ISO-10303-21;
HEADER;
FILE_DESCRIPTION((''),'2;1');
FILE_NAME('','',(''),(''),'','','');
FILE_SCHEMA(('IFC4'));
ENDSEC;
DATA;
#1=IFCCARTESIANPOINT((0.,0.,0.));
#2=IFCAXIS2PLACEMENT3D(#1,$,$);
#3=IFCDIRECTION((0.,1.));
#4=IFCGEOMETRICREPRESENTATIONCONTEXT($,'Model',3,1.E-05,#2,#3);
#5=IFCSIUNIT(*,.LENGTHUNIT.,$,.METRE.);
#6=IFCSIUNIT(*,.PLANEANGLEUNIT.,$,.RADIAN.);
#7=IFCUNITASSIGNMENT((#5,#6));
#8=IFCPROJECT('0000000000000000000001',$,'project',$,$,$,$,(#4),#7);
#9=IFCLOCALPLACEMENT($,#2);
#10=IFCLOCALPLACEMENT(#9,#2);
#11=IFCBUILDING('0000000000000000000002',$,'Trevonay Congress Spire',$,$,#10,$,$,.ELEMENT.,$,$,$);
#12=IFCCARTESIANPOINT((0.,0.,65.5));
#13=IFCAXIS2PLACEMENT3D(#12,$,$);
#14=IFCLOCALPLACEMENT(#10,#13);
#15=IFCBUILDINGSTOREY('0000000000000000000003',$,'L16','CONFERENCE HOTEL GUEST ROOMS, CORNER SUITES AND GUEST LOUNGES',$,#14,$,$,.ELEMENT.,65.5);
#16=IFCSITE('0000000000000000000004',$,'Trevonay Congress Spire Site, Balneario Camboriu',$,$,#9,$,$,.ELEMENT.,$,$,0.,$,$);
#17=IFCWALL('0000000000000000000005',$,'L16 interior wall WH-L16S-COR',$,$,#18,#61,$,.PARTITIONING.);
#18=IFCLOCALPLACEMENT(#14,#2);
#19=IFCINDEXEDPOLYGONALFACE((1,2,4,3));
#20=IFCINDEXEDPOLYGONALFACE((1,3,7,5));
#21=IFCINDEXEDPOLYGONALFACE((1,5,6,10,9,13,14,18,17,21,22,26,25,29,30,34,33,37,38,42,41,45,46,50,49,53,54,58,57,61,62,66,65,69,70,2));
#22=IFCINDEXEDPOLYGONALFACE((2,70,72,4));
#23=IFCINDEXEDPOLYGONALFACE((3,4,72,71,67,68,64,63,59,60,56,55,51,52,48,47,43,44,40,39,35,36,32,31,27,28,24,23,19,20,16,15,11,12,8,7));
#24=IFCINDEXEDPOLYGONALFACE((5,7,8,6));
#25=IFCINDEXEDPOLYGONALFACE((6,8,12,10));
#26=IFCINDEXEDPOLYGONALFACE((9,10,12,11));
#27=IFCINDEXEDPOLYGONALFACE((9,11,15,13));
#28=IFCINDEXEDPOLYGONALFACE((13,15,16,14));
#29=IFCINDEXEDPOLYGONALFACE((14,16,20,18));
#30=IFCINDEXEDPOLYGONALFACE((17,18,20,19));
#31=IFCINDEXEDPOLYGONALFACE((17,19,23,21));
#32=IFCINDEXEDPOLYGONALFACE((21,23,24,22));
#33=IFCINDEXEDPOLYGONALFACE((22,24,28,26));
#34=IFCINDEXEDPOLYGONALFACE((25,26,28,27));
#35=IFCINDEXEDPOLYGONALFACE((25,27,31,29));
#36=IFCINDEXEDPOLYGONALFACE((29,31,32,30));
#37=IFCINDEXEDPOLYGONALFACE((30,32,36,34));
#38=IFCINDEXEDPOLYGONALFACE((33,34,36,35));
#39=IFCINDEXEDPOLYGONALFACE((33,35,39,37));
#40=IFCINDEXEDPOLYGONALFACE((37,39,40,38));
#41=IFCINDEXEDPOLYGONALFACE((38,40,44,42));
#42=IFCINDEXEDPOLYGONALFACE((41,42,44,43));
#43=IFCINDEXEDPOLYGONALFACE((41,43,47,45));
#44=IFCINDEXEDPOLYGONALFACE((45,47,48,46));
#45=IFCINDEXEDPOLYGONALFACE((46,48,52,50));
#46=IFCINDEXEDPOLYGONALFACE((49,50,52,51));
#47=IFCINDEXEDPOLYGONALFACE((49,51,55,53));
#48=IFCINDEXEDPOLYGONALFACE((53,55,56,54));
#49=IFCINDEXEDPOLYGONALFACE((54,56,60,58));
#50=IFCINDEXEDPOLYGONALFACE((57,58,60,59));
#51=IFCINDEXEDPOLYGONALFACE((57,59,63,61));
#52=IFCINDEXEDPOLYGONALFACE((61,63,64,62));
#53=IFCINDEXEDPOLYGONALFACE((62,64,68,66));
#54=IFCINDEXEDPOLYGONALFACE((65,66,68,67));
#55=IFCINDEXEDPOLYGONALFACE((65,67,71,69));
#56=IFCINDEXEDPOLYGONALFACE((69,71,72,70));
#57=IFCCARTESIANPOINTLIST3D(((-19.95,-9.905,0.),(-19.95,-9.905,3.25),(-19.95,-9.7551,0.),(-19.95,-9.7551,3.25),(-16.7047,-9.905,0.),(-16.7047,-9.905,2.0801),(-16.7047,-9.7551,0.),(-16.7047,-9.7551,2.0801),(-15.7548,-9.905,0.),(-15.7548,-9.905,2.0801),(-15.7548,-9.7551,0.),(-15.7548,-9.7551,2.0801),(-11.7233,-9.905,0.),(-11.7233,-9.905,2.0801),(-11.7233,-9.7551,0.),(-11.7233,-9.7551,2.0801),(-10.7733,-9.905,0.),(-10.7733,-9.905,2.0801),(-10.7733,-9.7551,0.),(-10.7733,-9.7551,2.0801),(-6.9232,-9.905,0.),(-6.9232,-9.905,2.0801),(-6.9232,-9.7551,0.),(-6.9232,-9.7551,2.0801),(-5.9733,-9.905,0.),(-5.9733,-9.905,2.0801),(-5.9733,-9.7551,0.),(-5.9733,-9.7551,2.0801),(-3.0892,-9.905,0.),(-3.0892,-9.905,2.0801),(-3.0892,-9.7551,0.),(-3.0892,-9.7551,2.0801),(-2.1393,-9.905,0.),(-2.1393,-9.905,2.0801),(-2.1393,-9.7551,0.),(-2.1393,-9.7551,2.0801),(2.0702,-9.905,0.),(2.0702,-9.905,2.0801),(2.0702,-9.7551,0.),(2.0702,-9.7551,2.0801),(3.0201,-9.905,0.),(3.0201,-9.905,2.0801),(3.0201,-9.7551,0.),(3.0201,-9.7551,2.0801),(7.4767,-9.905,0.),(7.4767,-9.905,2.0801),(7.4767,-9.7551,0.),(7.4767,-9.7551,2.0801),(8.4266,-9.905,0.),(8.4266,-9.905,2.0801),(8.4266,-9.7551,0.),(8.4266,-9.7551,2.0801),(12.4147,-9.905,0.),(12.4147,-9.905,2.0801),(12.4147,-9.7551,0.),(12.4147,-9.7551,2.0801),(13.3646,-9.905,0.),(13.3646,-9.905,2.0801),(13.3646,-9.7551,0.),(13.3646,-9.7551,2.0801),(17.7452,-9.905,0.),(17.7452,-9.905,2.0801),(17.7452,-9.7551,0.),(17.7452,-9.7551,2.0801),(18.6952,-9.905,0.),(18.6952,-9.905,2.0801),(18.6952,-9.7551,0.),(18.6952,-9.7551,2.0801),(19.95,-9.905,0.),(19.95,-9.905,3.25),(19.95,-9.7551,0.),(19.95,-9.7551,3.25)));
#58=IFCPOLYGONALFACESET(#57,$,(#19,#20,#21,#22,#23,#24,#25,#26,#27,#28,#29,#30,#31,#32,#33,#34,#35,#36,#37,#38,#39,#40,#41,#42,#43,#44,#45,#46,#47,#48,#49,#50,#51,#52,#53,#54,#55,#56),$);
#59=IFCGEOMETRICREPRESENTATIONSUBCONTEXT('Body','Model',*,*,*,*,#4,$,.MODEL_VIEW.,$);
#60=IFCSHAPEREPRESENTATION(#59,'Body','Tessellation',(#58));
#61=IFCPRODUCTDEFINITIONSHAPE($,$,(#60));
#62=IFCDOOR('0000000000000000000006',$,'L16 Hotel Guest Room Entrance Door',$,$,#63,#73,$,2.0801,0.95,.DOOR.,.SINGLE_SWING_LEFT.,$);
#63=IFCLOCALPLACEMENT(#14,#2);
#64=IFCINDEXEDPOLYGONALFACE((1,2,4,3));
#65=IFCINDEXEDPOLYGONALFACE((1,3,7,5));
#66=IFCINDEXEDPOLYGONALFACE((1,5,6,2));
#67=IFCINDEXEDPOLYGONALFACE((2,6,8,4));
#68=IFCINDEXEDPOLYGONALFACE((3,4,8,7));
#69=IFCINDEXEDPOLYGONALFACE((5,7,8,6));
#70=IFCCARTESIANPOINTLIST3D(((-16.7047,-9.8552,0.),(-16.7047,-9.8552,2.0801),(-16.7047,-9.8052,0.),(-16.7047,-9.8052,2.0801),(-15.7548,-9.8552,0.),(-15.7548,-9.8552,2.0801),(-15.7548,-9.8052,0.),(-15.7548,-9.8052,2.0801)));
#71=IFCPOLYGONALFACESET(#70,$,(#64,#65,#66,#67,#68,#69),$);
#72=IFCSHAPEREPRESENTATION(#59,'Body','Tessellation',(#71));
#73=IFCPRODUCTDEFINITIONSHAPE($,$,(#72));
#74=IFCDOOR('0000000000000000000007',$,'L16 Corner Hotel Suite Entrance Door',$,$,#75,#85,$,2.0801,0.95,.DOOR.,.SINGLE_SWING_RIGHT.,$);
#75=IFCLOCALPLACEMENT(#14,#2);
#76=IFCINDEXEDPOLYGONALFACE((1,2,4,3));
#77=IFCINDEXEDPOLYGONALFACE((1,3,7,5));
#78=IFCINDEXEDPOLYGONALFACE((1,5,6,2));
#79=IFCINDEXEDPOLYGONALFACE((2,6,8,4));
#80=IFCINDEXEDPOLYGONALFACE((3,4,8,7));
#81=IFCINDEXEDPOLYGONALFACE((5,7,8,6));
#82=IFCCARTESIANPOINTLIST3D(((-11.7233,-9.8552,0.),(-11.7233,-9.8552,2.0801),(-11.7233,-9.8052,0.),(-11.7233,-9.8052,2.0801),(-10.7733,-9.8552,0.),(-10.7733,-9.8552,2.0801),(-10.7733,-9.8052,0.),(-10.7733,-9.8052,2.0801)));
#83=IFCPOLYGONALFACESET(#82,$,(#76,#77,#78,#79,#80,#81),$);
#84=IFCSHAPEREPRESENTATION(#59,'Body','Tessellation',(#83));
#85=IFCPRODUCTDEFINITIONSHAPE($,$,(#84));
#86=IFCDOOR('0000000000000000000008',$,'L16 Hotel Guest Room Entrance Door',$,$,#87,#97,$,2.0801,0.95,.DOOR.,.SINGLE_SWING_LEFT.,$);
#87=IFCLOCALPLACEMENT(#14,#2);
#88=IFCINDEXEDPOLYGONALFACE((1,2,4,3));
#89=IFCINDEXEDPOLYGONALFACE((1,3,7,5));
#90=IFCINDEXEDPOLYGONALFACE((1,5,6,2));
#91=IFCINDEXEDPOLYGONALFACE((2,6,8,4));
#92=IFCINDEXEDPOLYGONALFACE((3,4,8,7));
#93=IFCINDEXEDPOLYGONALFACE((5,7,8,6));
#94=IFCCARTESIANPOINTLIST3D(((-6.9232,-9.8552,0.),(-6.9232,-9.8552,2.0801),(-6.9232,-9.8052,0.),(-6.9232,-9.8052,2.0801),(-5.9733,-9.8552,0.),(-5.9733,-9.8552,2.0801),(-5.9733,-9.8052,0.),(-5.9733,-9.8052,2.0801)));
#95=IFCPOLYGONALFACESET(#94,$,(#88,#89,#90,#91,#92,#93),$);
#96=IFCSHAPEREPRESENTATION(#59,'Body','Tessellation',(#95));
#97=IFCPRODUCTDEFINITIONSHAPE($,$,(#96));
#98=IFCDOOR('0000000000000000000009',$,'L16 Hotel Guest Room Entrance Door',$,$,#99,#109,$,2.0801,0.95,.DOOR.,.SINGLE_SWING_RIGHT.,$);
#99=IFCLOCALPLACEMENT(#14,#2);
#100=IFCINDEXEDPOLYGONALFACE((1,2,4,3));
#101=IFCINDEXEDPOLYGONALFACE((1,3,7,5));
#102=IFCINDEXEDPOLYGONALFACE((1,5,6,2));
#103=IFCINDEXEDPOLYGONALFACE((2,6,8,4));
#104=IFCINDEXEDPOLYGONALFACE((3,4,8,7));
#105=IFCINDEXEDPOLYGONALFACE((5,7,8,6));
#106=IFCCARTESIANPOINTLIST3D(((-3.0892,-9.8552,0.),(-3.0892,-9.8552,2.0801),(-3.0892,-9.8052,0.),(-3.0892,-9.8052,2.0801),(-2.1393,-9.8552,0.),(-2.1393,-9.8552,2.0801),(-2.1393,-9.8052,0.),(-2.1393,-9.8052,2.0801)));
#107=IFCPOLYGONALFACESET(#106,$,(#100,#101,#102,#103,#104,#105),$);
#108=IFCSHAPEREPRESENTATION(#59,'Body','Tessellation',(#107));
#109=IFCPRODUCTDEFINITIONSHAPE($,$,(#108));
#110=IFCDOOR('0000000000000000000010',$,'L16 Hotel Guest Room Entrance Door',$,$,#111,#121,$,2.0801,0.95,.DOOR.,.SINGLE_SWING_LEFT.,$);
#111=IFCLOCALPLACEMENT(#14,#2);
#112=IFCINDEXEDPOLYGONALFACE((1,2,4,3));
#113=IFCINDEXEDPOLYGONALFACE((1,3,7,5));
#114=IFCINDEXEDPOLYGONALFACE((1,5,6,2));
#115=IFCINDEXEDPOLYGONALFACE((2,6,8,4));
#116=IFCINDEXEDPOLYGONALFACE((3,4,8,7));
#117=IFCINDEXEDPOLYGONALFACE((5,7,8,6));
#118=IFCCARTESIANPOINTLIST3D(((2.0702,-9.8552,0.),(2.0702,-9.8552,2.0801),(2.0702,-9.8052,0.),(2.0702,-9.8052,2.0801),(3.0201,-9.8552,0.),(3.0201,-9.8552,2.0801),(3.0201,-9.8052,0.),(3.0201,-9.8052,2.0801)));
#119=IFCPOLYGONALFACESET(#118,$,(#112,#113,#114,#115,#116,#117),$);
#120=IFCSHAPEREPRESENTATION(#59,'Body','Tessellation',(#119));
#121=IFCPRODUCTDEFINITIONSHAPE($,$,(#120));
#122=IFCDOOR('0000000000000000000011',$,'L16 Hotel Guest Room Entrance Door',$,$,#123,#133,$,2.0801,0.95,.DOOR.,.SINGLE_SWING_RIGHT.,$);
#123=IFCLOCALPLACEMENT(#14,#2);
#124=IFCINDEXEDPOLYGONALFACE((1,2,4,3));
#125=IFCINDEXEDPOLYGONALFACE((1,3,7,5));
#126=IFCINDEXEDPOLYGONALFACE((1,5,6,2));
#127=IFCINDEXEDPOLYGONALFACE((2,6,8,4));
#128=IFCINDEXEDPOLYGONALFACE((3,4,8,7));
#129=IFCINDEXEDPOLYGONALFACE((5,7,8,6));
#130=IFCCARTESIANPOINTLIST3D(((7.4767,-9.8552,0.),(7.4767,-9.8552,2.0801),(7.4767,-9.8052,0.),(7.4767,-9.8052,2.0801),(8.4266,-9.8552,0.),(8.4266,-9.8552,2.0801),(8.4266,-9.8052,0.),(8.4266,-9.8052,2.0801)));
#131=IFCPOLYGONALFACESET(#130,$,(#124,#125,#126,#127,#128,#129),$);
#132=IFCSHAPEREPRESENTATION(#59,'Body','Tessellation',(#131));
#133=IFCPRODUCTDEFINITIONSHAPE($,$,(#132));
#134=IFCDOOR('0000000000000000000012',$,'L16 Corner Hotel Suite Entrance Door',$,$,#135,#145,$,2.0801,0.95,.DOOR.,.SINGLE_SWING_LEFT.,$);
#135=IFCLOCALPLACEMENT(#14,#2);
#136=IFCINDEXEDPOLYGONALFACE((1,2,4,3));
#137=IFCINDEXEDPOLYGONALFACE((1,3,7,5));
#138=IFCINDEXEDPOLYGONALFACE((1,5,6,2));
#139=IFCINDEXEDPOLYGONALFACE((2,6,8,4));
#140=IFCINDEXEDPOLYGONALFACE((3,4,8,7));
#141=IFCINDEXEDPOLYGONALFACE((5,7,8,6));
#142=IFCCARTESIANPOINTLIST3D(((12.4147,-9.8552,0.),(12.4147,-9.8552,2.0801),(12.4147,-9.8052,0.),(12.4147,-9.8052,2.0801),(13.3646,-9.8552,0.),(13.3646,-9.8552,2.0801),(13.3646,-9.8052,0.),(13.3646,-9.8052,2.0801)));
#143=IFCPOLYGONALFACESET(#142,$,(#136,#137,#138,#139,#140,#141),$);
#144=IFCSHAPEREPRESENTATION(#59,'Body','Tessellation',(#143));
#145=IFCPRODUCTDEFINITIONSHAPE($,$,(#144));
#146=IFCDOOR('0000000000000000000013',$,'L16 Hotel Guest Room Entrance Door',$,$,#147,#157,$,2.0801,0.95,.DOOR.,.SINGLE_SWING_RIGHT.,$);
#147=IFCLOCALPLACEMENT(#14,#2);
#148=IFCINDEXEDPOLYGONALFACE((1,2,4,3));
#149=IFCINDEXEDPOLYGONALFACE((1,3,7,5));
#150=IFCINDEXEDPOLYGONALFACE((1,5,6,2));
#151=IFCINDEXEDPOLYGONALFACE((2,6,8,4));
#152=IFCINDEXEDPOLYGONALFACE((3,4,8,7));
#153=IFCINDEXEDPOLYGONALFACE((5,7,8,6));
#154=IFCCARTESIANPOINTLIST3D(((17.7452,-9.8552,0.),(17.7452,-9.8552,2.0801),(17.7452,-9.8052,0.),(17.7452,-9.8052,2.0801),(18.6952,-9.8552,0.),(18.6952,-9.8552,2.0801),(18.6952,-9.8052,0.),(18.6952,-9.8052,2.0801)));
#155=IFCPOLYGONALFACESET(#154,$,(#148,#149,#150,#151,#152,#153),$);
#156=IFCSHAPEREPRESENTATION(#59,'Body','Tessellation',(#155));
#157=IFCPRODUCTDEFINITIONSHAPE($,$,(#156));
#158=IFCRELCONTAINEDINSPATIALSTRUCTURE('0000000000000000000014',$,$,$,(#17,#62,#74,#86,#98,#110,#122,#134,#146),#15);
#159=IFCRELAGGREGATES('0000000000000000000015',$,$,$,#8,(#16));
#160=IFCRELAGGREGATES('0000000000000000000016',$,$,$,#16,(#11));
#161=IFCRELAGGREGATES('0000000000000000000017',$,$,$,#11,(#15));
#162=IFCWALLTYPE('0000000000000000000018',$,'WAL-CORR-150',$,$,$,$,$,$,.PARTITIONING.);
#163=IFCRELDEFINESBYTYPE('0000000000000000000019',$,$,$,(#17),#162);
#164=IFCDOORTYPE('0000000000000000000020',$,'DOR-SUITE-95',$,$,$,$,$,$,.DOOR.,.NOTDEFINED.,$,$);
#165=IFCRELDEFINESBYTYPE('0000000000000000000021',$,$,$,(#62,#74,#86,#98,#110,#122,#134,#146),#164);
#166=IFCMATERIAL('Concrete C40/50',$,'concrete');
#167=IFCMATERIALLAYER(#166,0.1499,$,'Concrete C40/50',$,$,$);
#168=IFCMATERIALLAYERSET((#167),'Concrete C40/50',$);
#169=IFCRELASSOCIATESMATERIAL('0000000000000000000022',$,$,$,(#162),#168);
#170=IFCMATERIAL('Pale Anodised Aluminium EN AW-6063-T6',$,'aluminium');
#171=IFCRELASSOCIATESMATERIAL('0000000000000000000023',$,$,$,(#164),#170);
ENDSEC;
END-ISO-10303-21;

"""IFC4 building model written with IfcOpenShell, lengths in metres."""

from ifc_helpers import new_model, si_unit, direction, frame, frame_2d, origin, place, context, subcontext, project, spatial, rectangle, extrude, material, layer, layer_set, type_object, element, fill, save


model = new_model("IFC4")

# Units and contexts
model_context = context("Model", 3, precision=1e-05, world=origin(), true_north=direction((0.0, 1.0)))
body_context = subcontext(model_context, "Body", "Model", "MODEL_VIEW")
ifc_project = project(units=[si_unit("LENGTHUNIT", "METRE"), si_unit("PLANEANGLEUNIT", "RADIAN")], contexts=[model_context])

# Site, building, storey
site_placement = place(None, origin())
site = spatial("IfcSite", under=ifc_project, at=site_placement, Name="Trevonay Congress Spire Site, Balneario Camboriu", CompositionType="ELEMENT", RefElevation=0.0)
building_placement = place(site_placement, origin())
building = spatial("IfcBuilding", under=site, at=building_placement, Name="Trevonay Congress Spire", CompositionType="ELEMENT")
storey_placement = place(building_placement, frame((0.0, 0.0, 65.5)))
storey = spatial("IfcBuildingStorey", under=building, at=storey_placement, Name="L16", Description="CONFERENCE HOTEL GUEST ROOMS, CORNER SUITES AND GUEST LOUNGES", CompositionType="ELEMENT", Elevation=65.5)

# Wall, openings, doors
ifc_material_1 = material(Name="Concrete C40/50", Category="concrete")
ifc_layer = layer(ifc_material_1, 0.1499, Name="Concrete C40/50")
ifc_layer_set = layer_set([ifc_layer], Name="Concrete C40/50")
wall_type = type_object("IfcWallType", Name="WAL-CORR-150", PredefinedType="PARTITIONING", material=ifc_layer_set)
wall_1_placement = place(storey_placement, frame((-19.95, -9.8301, 0.0), z_axis=(0.0, 0.0, 1.0), x_axis=(1.0, 0.0, 0.0)))
wall_1 = element("IfcWall", 1, at=wall_1_placement, inside=storey, type_object=wall_type, Name="L16 interior wall WH-L16S-COR", PredefinedType="PARTITIONING", context=body_context, shape_type="SweptSolid", body=[
    extrude(rectangle(XDim=39.8999, YDim=0.1499, at=frame_2d((19.95, 0.0))), origin(), (0.0, 0.0, 1.0), 3.25),
])
opening_1_placement = place(wall_1_placement, frame((3.2451, 0.0, 0.0)))
opening_1 = element("IfcOpeningElement", 2, at=opening_1_placement, cuts=wall_1, PredefinedType="OPENING", context=body_context, shape_type="SweptSolid", body=[
    extrude(rectangle(XDim=0.95, YDim=2.0801, at=frame_2d((0.4751, 1.04))), frame((0.0, 0.085, 0.0), z_axis=(0.0, -1.0, 0.0), x_axis=(1.0, 0.0, 0.0)), (0.0, 0.0, 1.0), 0.1699),
])
opening_2_placement = place(wall_1_placement, frame((8.2266, 0.0, 0.0)))
opening_2 = element("IfcOpeningElement", 3, at=opening_2_placement, cuts=wall_1, PredefinedType="OPENING", context=body_context, shape_type="SweptSolid", body=[
    extrude(rectangle(XDim=0.95, YDim=2.0801, at=frame_2d((0.4751, 1.04))), frame((0.0, 0.085, 0.0), z_axis=(0.0, -1.0, 0.0), x_axis=(1.0, 0.0, 0.0)), (0.0, 0.0, 1.0), 0.1699),
])
opening_3_placement = place(wall_1_placement, frame((13.0266, 0.0, 0.0)))
opening_3 = element("IfcOpeningElement", 4, at=opening_3_placement, cuts=wall_1, PredefinedType="OPENING", context=body_context, shape_type="SweptSolid", body=[
    extrude(rectangle(XDim=0.95, YDim=2.0801, at=frame_2d((0.4751, 1.04))), frame((0.0, 0.085, 0.0), z_axis=(0.0, -1.0, 0.0), x_axis=(1.0, 0.0, 0.0)), (0.0, 0.0, 1.0), 0.1699),
])
opening_4_placement = place(wall_1_placement, frame((16.8606, 0.0, 0.0)))
opening_4 = element("IfcOpeningElement", 5, at=opening_4_placement, cuts=wall_1, PredefinedType="OPENING", context=body_context, shape_type="SweptSolid", body=[
    extrude(rectangle(XDim=0.95, YDim=2.0801, at=frame_2d((0.4751, 1.04))), frame((0.0, 0.085, 0.0), z_axis=(0.0, -1.0, 0.0), x_axis=(1.0, 0.0, 0.0)), (0.0, 0.0, 1.0), 0.1699),
])
opening_5_placement = place(wall_1_placement, frame((22.02, 0.0, 0.0)))
opening_5 = element("IfcOpeningElement", 6, at=opening_5_placement, cuts=wall_1, PredefinedType="OPENING", context=body_context, shape_type="SweptSolid", body=[
    extrude(rectangle(XDim=0.95, YDim=2.0801, at=frame_2d((0.4751, 1.04))), frame((0.0, 0.085, 0.0), z_axis=(0.0, -1.0, 0.0), x_axis=(1.0, 0.0, 0.0)), (0.0, 0.0, 1.0), 0.1699),
])
opening_6_placement = place(wall_1_placement, frame((27.4265, 0.0, 0.0)))
opening_6 = element("IfcOpeningElement", 7, at=opening_6_placement, cuts=wall_1, PredefinedType="OPENING", context=body_context, shape_type="SweptSolid", body=[
    extrude(rectangle(XDim=0.95, YDim=2.0801, at=frame_2d((0.4751, 1.04))), frame((0.0, 0.085, 0.0), z_axis=(0.0, -1.0, 0.0), x_axis=(1.0, 0.0, 0.0)), (0.0, 0.0, 1.0), 0.1699),
])
opening_7_placement = place(wall_1_placement, frame((32.3645, 0.0, 0.0)))
opening_7 = element("IfcOpeningElement", 8, at=opening_7_placement, cuts=wall_1, PredefinedType="OPENING", context=body_context, shape_type="SweptSolid", body=[
    extrude(rectangle(XDim=0.95, YDim=2.0801, at=frame_2d((0.4751, 1.04))), frame((0.0, 0.085, 0.0), z_axis=(0.0, -1.0, 0.0), x_axis=(1.0, 0.0, 0.0)), (0.0, 0.0, 1.0), 0.1699),
])
opening_8_placement = place(wall_1_placement, frame((37.6951, 0.0, 0.0)))
opening_8 = element("IfcOpeningElement", 9, at=opening_8_placement, cuts=wall_1, PredefinedType="OPENING", context=body_context, shape_type="SweptSolid", body=[
    extrude(rectangle(XDim=0.95, YDim=2.0801, at=frame_2d((0.4751, 1.04))), frame((0.0, 0.085, 0.0), z_axis=(0.0, -1.0, 0.0), x_axis=(1.0, 0.0, 0.0)), (0.0, 0.0, 1.0), 0.1699),
])
ifc_material_2 = material(Name="Pale Anodised Aluminium EN AW-6063-T6", Category="aluminium")
door_type_1 = type_object("IfcDoorType", Name="DOR-SUITE-95", OperationType="NOTDEFINED", PredefinedType="DOOR", material=ifc_material_2)
door_1_placement = place(opening_1_placement, origin())
door_1 = element("IfcDoor", 10, at=door_1_placement, inside=storey, type_object=door_type_1, Name="L16 Hotel Guest Room Entrance Door", OperationType="SINGLE_SWING_LEFT", OverallHeight=2.0801, OverallWidth=0.95, PredefinedType="DOOR", context=body_context, shape_type="SweptSolid", body=[
    extrude(rectangle(XDim=0.95, YDim=2.0801, at=frame_2d((0.4751, 1.04))), frame((0.0, 0.0249, 0.0), z_axis=(0.0, -1.0, 0.0), x_axis=(1.0, 0.0, 0.0)), (0.0, 0.0, 1.0), 0.05),
])
fill(opening_1, door_1)
door_2_placement = place(opening_2_placement, origin())
door_2 = element("IfcDoor", 11, at=door_2_placement, inside=storey, type_object=door_type_1, Name="L16 Corner Hotel Suite Entrance Door", OperationType="SINGLE_SWING_RIGHT", OverallHeight=2.0801, OverallWidth=0.95, PredefinedType="DOOR", context=body_context, shape_type="SweptSolid", body=[
    extrude(rectangle(XDim=0.95, YDim=2.0801, at=frame_2d((0.4751, 1.04))), frame((0.0, 0.0249, 0.0), z_axis=(0.0, -1.0, 0.0), x_axis=(1.0, 0.0, 0.0)), (0.0, 0.0, 1.0), 0.05),
])
fill(opening_2, door_2)
door_3_placement = place(opening_3_placement, origin())
door_3 = element("IfcDoor", 12, at=door_3_placement, inside=storey, type_object=door_type_1, Name="L16 Hotel Guest Room Entrance Door", OperationType="SINGLE_SWING_LEFT", OverallHeight=2.0801, OverallWidth=0.95, PredefinedType="DOOR", context=body_context, shape_type="SweptSolid", body=[
    extrude(rectangle(XDim=0.95, YDim=2.0801, at=frame_2d((0.4751, 1.04))), frame((0.0, 0.0249, 0.0), z_axis=(0.0, -1.0, 0.0), x_axis=(1.0, 0.0, 0.0)), (0.0, 0.0, 1.0), 0.05),
])
fill(opening_3, door_3)
door_4_placement = place(opening_4_placement, origin())
door_4 = element("IfcDoor", 13, at=door_4_placement, inside=storey, type_object=door_type_1, Name="L16 Hotel Guest Room Entrance Door", OperationType="SINGLE_SWING_RIGHT", OverallHeight=2.0801, OverallWidth=0.95, PredefinedType="DOOR", context=body_context, shape_type="SweptSolid", body=[
    extrude(rectangle(XDim=0.95, YDim=2.0801, at=frame_2d((0.4751, 1.04))), frame((0.0, 0.0249, 0.0), z_axis=(0.0, -1.0, 0.0), x_axis=(1.0, 0.0, 0.0)), (0.0, 0.0, 1.0), 0.05),
])
fill(opening_4, door_4)
door_5_placement = place(opening_5_placement, origin())
door_5 = element("IfcDoor", 14, at=door_5_placement, inside=storey, type_object=door_type_1, Name="L16 Hotel Guest Room Entrance Door", OperationType="SINGLE_SWING_LEFT", OverallHeight=2.0801, OverallWidth=0.95, PredefinedType="DOOR", context=body_context, shape_type="SweptSolid", body=[
    extrude(rectangle(XDim=0.95, YDim=2.0801, at=frame_2d((0.4751, 1.04))), frame((0.0, 0.0249, 0.0), z_axis=(0.0, -1.0, 0.0), x_axis=(1.0, 0.0, 0.0)), (0.0, 0.0, 1.0), 0.05),
])
fill(opening_5, door_5)
door_6_placement = place(opening_6_placement, origin())
door_6 = element("IfcDoor", 15, at=door_6_placement, inside=storey, type_object=door_type_1, Name="L16 Hotel Guest Room Entrance Door", OperationType="SINGLE_SWING_RIGHT", OverallHeight=2.0801, OverallWidth=0.95, PredefinedType="DOOR", context=body_context, shape_type="SweptSolid", body=[
    extrude(rectangle(XDim=0.95, YDim=2.0801, at=frame_2d((0.4751, 1.04))), frame((0.0, 0.0249, 0.0), z_axis=(0.0, -1.0, 0.0), x_axis=(1.0, 0.0, 0.0)), (0.0, 0.0, 1.0), 0.05),
])
fill(opening_6, door_6)
door_7_placement = place(opening_7_placement, origin())
door_7 = element("IfcDoor", 16, at=door_7_placement, inside=storey, type_object=door_type_1, Name="L16 Corner Hotel Suite Entrance Door", OperationType="SINGLE_SWING_LEFT", OverallHeight=2.0801, OverallWidth=0.95, PredefinedType="DOOR", context=body_context, shape_type="SweptSolid", body=[
    extrude(rectangle(XDim=0.95, YDim=2.0801, at=frame_2d((0.4751, 1.04))), frame((0.0, 0.0249, 0.0), z_axis=(0.0, -1.0, 0.0), x_axis=(1.0, 0.0, 0.0)), (0.0, 0.0, 1.0), 0.05),
])
fill(opening_7, door_7)
door_8_placement = place(opening_8_placement, origin())
door_8 = element("IfcDoor", 17, at=door_8_placement, inside=storey, type_object=door_type_1, Name="L16 Hotel Guest Room Entrance Door", OperationType="SINGLE_SWING_RIGHT", OverallHeight=2.0801, OverallWidth=0.95, PredefinedType="DOOR", context=body_context, shape_type="SweptSolid", body=[
    extrude(rectangle(XDim=0.95, YDim=2.0801, at=frame_2d((0.4751, 1.04))), frame((0.0, 0.0249, 0.0), z_axis=(0.0, -1.0, 0.0), x_axis=(1.0, 0.0, 0.0)), (0.0, 0.0, 1.0), 0.05),
])
fill(opening_8, door_8)

save(model, "model.ifc")
